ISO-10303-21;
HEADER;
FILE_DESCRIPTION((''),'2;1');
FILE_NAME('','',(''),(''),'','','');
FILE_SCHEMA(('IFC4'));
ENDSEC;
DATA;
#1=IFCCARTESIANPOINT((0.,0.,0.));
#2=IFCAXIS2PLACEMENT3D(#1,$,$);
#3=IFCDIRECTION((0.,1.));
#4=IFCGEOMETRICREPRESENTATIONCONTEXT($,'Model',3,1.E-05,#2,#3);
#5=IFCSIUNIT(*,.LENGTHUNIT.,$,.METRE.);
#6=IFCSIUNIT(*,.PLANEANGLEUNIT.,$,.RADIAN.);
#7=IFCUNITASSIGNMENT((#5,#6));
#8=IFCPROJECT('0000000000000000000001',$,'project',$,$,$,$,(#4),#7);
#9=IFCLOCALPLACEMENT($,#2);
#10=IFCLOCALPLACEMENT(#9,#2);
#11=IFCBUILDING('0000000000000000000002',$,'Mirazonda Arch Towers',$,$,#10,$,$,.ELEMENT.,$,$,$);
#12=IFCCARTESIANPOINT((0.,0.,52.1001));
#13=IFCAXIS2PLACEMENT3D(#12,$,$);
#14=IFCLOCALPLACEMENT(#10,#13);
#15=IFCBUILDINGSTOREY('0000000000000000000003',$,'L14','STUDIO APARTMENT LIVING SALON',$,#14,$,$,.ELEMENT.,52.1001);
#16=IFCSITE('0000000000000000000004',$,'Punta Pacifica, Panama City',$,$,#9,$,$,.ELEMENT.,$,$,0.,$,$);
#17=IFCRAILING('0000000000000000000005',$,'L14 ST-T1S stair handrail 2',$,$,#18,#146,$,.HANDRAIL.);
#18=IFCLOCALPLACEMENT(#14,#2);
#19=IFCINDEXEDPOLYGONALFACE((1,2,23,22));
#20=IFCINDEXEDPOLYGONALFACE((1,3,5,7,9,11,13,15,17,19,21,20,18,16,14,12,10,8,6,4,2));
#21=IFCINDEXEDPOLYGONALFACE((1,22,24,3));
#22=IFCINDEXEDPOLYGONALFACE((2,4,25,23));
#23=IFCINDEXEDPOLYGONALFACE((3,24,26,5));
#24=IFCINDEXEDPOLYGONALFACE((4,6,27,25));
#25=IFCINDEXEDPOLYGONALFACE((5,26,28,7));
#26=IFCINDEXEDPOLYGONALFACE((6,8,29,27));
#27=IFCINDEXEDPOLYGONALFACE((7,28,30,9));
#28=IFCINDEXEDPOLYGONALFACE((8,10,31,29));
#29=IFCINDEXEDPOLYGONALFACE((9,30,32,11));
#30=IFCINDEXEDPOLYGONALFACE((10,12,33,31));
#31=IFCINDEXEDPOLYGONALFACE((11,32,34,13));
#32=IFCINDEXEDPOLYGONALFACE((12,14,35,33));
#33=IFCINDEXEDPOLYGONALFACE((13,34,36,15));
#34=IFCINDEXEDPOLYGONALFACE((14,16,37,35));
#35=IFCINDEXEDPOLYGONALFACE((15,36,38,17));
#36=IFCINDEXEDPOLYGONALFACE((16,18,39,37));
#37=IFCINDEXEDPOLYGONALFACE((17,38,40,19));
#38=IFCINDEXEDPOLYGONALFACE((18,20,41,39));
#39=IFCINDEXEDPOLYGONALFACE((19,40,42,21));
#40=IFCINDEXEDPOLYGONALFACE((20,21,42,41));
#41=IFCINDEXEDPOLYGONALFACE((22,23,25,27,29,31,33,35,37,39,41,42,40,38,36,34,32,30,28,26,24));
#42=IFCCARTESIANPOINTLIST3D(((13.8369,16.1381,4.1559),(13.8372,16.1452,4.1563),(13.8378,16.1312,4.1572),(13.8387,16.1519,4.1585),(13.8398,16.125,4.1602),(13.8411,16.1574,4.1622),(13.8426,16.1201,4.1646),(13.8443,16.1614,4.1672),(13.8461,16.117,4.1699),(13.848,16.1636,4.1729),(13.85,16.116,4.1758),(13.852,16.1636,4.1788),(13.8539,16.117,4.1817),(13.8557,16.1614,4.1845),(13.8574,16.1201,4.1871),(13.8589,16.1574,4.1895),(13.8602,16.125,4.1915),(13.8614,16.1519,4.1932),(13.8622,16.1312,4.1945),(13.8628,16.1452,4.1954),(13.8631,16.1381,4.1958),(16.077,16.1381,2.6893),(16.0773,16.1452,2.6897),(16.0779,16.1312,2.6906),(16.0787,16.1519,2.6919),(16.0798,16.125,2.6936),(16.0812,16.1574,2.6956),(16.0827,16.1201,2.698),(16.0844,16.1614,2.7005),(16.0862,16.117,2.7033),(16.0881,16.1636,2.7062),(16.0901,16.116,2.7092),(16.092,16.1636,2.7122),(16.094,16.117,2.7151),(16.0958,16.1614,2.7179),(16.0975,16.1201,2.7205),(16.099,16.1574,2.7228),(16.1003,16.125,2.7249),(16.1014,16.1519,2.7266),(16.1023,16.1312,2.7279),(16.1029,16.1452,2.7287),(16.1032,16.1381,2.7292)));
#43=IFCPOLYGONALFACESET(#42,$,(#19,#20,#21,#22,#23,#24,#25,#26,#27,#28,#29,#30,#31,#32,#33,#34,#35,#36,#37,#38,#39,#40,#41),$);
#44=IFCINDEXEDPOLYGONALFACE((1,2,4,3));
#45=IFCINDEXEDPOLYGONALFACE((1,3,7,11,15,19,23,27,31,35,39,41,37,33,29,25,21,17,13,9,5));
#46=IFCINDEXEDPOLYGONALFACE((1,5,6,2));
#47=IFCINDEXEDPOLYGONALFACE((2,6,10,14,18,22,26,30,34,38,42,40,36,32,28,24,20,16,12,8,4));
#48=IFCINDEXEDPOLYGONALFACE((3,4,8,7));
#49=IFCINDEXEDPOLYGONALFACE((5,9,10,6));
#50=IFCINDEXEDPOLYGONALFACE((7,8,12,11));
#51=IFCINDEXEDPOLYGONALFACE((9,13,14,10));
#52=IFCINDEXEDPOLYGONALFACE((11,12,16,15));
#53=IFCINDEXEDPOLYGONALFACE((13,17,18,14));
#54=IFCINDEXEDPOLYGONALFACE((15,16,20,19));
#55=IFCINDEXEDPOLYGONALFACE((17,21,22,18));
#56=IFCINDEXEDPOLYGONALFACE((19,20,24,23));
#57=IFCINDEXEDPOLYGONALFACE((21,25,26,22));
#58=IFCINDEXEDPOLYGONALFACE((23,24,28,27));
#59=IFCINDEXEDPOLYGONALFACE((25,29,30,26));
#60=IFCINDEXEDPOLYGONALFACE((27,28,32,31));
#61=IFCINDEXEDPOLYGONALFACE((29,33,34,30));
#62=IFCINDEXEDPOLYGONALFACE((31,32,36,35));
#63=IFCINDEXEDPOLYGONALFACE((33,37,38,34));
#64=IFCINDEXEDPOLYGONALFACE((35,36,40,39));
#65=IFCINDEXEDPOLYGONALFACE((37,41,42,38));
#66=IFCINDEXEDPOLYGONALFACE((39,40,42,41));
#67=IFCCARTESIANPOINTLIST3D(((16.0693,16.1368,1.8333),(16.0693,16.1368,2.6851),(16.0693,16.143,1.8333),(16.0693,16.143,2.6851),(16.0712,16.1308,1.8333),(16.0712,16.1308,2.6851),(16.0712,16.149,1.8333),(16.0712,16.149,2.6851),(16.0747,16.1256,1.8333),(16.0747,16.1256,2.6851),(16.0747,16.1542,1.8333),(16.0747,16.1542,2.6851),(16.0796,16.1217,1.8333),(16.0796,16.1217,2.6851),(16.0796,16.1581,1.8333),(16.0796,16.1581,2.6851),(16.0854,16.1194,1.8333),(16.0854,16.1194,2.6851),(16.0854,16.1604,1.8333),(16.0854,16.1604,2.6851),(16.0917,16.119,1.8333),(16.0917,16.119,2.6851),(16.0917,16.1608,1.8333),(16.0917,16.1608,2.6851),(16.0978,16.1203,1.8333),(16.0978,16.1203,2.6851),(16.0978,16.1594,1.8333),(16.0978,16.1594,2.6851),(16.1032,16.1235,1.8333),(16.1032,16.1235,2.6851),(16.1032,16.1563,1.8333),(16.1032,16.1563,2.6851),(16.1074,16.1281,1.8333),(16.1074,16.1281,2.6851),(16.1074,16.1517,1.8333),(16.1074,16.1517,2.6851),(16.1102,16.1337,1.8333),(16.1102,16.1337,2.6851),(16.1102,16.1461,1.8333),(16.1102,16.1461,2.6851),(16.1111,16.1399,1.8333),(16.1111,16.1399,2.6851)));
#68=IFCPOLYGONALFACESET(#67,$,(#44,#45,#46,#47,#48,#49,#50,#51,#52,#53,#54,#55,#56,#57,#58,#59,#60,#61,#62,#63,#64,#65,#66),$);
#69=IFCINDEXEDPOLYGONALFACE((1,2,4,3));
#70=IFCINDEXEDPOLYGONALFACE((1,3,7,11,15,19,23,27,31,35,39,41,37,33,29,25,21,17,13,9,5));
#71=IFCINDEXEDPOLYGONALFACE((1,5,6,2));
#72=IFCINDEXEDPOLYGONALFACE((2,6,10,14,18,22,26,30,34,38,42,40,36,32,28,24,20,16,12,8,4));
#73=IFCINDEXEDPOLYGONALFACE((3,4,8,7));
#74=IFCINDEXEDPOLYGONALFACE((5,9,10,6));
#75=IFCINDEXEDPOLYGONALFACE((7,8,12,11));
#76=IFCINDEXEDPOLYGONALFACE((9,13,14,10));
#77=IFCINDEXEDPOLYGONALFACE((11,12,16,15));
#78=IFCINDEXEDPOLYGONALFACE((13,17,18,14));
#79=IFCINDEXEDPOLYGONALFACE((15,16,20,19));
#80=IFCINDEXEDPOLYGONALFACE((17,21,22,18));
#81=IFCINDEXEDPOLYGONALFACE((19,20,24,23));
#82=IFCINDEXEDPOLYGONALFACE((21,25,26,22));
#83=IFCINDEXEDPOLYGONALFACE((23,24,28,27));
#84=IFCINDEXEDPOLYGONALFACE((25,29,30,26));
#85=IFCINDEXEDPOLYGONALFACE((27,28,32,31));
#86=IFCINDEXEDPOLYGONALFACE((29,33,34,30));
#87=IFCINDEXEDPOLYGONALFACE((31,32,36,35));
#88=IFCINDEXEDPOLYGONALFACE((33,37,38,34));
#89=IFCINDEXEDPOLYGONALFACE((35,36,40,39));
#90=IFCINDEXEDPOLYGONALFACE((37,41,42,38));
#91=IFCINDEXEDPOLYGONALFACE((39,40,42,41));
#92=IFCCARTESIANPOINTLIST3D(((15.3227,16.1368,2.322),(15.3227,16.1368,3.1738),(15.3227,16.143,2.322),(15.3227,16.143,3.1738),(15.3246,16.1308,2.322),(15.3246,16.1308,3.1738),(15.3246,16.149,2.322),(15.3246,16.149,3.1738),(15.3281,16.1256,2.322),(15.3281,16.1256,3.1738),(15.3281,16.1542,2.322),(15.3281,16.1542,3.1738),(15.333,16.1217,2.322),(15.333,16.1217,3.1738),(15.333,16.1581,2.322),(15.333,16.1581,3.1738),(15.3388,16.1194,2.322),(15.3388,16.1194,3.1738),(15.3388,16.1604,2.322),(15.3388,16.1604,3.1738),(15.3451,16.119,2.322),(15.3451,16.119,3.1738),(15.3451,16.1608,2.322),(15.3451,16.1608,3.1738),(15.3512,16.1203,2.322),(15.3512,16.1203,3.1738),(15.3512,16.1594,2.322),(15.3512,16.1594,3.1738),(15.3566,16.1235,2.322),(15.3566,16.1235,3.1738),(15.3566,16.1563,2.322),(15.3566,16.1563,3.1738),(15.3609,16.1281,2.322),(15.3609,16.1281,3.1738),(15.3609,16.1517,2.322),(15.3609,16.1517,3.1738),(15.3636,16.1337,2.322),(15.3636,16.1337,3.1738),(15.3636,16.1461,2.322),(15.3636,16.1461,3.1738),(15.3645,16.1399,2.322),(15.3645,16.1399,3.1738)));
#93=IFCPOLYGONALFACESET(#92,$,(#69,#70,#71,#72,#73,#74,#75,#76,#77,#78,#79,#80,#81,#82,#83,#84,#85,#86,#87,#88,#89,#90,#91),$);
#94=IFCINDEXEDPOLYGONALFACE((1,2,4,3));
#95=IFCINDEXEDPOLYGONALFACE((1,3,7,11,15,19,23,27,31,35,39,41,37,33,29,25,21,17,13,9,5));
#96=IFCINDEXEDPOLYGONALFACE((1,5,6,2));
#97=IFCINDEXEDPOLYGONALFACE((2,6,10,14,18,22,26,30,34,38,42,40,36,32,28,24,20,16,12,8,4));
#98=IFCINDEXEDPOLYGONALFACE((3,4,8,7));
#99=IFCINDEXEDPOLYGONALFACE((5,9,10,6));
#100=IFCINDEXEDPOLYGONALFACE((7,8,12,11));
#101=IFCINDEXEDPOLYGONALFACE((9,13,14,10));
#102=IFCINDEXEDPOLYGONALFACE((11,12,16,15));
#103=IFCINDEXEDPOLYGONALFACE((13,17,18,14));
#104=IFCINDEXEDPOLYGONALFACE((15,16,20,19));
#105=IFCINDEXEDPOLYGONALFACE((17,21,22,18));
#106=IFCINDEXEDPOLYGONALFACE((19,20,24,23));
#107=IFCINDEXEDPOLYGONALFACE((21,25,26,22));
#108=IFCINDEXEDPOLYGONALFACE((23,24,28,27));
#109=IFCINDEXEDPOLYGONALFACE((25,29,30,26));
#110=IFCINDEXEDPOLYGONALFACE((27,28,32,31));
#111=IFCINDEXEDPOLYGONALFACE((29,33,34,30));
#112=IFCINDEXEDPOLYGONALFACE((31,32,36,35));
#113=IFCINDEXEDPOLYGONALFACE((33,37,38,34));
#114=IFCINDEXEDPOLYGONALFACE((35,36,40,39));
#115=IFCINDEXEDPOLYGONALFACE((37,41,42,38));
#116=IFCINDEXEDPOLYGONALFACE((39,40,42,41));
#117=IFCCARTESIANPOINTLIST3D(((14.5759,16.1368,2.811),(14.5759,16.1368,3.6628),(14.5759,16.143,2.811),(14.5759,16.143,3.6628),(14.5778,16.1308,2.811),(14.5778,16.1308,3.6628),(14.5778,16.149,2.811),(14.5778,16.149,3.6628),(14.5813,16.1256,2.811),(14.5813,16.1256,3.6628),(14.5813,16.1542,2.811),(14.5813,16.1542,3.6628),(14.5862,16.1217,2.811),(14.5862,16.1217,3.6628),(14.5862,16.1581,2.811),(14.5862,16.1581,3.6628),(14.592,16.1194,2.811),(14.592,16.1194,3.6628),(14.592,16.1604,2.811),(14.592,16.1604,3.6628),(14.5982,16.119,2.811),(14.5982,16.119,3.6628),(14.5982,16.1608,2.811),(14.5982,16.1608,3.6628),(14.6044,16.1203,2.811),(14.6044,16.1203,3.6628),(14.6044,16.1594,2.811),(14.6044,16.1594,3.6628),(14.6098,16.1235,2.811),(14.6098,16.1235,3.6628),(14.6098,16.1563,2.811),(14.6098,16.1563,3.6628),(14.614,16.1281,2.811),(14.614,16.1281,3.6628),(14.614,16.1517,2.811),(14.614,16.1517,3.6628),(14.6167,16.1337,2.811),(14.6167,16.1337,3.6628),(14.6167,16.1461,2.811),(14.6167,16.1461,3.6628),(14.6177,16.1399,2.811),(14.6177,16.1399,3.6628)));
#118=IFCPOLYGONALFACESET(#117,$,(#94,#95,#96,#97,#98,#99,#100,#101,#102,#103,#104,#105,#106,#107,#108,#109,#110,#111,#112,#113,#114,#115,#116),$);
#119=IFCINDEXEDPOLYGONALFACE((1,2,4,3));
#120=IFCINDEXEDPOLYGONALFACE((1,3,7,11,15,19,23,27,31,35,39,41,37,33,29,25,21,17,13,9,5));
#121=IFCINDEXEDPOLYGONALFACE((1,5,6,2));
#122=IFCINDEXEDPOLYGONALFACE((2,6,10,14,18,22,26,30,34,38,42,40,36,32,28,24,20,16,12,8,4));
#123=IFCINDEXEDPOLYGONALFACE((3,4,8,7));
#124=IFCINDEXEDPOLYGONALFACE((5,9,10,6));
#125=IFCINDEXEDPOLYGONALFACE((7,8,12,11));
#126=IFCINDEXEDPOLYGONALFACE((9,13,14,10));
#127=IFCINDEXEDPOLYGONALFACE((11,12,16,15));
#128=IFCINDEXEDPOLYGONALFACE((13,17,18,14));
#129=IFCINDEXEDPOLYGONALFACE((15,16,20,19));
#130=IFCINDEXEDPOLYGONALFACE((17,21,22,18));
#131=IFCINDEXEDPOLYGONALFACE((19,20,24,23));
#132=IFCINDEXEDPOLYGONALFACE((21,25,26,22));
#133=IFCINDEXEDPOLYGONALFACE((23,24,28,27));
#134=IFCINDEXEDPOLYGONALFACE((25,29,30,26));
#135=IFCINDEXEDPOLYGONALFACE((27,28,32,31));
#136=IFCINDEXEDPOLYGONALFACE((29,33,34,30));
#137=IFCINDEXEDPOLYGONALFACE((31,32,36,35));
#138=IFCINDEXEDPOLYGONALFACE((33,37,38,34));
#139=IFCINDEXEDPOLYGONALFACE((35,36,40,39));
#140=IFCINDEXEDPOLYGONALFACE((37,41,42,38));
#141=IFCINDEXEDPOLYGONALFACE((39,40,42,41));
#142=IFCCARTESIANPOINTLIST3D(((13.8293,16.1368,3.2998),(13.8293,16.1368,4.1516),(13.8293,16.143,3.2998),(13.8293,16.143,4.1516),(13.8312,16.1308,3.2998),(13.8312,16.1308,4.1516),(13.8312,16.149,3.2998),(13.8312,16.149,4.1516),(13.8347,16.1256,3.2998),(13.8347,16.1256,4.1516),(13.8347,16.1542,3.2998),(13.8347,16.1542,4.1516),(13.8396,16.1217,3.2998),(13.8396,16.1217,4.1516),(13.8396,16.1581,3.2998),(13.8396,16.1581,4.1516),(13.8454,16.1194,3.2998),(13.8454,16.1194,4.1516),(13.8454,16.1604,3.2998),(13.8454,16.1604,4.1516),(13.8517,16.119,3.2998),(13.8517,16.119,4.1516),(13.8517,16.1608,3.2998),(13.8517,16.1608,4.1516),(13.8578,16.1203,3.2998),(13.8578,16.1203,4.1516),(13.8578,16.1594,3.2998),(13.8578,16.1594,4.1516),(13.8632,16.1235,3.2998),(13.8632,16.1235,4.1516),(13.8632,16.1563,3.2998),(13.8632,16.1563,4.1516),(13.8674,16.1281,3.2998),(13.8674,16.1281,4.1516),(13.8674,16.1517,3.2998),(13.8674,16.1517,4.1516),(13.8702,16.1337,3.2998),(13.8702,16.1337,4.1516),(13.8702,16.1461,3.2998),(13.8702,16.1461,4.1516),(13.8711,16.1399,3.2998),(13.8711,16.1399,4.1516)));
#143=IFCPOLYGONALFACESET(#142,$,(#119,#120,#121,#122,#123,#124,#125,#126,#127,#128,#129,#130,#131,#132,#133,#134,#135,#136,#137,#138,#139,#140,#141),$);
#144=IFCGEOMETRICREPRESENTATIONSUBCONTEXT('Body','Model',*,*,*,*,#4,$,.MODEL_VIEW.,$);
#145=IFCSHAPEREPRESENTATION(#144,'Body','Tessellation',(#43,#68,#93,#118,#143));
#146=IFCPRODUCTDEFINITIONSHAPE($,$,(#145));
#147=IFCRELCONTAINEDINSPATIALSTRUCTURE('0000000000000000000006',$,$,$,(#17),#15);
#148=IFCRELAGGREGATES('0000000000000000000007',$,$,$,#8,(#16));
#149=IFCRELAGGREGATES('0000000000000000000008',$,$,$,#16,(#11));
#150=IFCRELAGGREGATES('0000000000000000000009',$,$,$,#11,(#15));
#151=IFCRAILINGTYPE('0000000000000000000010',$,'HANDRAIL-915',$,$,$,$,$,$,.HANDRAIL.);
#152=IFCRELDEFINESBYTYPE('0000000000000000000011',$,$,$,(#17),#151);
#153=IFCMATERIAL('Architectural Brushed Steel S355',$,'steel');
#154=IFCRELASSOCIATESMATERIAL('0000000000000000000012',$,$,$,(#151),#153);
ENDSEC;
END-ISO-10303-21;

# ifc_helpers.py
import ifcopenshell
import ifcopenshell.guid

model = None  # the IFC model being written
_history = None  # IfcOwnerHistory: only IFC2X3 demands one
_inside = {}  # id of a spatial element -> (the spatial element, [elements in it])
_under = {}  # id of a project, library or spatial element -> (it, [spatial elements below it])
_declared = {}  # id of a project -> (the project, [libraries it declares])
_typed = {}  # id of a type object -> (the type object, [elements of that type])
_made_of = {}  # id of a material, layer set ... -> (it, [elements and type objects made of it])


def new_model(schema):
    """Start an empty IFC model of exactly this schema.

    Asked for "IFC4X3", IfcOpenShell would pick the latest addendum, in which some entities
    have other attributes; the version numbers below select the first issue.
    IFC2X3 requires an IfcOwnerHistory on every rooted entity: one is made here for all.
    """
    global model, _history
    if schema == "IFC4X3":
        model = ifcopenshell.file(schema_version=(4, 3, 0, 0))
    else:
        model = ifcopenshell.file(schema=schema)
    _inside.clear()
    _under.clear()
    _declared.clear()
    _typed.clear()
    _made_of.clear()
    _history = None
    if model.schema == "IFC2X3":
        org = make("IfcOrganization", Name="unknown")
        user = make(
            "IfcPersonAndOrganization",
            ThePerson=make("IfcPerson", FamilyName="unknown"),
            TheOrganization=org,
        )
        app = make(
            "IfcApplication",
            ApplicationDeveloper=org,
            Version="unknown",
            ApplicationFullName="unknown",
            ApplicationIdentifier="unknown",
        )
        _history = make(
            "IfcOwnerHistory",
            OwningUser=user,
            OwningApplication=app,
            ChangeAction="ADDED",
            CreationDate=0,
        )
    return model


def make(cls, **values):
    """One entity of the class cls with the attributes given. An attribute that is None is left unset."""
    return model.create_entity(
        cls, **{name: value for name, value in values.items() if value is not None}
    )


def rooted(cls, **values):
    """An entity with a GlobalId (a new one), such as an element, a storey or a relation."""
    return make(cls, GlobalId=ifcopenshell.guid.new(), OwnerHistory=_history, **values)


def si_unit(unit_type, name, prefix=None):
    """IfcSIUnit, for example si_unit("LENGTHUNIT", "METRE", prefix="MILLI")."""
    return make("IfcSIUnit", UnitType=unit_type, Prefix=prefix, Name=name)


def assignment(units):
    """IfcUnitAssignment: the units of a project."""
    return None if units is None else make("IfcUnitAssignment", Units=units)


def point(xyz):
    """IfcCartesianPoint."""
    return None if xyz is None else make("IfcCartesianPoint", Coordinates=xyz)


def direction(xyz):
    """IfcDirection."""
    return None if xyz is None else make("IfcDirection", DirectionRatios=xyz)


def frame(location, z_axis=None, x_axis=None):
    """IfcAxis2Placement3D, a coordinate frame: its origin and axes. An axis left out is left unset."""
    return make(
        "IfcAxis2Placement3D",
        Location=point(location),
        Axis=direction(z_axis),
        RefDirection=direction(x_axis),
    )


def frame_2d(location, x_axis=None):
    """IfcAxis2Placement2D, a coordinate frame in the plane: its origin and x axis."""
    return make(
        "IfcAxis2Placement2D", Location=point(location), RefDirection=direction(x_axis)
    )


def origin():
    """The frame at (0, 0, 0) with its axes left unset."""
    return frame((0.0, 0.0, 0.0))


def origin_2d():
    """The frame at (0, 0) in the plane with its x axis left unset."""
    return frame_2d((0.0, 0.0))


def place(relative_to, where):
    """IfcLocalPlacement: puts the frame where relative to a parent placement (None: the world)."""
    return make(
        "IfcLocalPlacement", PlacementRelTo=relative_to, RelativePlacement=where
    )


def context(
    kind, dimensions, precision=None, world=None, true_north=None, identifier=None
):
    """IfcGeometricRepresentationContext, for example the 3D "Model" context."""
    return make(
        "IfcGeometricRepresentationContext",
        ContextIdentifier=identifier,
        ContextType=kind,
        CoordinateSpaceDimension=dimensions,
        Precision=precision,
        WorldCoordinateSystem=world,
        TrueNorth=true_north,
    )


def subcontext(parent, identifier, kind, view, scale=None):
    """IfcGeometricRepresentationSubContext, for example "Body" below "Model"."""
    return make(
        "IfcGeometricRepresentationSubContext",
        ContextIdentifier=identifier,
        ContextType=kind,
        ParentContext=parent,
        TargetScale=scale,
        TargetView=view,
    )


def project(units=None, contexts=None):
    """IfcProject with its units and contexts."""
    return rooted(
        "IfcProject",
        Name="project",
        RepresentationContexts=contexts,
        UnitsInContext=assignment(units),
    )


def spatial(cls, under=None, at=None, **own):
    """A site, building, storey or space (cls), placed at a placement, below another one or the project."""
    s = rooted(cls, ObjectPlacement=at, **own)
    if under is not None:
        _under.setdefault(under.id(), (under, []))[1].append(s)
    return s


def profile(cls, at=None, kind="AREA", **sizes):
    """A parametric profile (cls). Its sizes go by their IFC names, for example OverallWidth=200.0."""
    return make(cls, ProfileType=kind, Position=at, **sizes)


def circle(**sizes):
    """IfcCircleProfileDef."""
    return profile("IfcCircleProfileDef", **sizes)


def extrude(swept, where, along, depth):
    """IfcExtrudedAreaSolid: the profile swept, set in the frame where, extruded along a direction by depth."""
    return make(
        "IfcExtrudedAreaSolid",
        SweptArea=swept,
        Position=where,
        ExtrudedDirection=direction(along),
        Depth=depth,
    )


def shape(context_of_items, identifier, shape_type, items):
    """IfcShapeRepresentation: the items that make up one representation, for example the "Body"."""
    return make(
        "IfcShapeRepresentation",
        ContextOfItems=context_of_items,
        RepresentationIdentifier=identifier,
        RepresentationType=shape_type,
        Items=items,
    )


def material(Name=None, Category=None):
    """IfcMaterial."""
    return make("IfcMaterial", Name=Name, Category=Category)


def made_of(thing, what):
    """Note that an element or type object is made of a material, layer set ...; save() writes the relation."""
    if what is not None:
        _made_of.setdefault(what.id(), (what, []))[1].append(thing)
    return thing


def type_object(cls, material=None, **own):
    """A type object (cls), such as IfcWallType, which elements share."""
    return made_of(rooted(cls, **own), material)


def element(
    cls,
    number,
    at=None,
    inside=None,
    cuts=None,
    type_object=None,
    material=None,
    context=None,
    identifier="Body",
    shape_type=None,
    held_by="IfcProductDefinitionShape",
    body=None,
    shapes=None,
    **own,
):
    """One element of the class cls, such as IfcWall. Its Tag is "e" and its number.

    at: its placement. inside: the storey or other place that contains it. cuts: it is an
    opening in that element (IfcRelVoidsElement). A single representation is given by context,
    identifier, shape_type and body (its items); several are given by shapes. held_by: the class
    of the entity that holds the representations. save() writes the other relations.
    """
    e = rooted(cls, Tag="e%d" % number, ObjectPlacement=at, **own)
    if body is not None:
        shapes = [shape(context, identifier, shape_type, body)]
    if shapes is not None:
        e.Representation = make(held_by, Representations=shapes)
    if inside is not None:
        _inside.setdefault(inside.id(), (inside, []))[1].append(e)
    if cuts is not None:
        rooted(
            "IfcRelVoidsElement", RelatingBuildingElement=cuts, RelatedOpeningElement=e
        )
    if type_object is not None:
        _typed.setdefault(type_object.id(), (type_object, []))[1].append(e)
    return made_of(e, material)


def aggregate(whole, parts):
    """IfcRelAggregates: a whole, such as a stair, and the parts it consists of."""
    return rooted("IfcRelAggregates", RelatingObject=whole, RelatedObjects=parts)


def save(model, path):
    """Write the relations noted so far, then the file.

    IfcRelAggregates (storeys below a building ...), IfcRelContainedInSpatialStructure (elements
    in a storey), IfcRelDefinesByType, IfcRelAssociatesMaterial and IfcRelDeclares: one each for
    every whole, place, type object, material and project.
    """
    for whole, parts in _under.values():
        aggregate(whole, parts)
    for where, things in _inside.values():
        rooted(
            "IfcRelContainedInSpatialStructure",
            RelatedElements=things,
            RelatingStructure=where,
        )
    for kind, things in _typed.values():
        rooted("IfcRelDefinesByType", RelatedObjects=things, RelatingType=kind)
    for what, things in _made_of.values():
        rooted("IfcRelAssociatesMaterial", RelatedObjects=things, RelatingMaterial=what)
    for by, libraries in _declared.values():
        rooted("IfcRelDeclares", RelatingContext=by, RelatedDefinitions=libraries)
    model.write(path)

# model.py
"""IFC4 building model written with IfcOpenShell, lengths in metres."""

from ifc_helpers import new_model, si_unit, direction, frame, origin, origin_2d, place, context, subcontext, project, spatial, circle, extrude, material, type_object, element, save


model = new_model("IFC4")

# Units and contexts
model_context = context("Model", 3, precision=1e-05, world=origin(), true_north=direction((0.0, 1.0)))
body_context = subcontext(model_context, "Body", "Model", "MODEL_VIEW")
ifc_project = project(units=[si_unit("LENGTHUNIT", "METRE"), si_unit("PLANEANGLEUNIT", "RADIAN")], contexts=[model_context])

# Site, building, storey
site_placement = place(None, origin())
site = spatial("IfcSite", under=ifc_project, at=site_placement, Name="Punta Pacifica, Panama City", CompositionType="ELEMENT", RefElevation=0.0)
building_placement = place(site_placement, origin())
building = spatial("IfcBuilding", under=site, at=building_placement, Name="Mirazonda Arch Towers", CompositionType="ELEMENT")
storey_placement = place(building_placement, frame((0.0, 0.0, 52.1001)))
storey = spatial("IfcBuildingStorey", under=building, at=storey_placement, Name="L14", Description="STUDIO APARTMENT LIVING SALON", CompositionType="ELEMENT", Elevation=52.1001)

# Railing
ifc_material_1 = material(Name="Architectural Brushed Steel S355", Category="steel")
railing_type_1 = type_object("IfcRailingType", Name="HANDRAIL-915", PredefinedType="HANDRAIL", material=ifc_material_1)
railing_1_placement = place(storey_placement, frame((16.0901, 16.1399, 1.8333)))
element("IfcRailing", 1, at=railing_1_placement, inside=storey, type_object=railing_type_1, Name="L14 ST-T1S stair handrail 2", PredefinedType="HANDRAIL", context=body_context, shape_type="SweptSolid", body=[
    extrude(circle(Radius=0.0239, at=origin_2d()), frame((0.0, 0.0, 0.876), z_axis=(-0.836637, 0.0, 0.547758), x_axis=(0.0, -1.0, 0.0)), (0.0, 0.0, 1.0), 2.6775),
    extrude(circle(Radius=0.021, at=origin_2d()), origin(), (0.0, 0.0, 1.0), 0.8518),
    extrude(circle(Radius=0.021, at=origin_2d()), frame((-0.7466, 0.0, 0.4888)), (0.0, 0.0, 1.0), 0.8518),
    extrude(circle(Radius=0.021, at=origin_2d()), frame((-1.4934, 0.0, 0.9778)), (0.0, 0.0, 1.0), 0.8518),
    extrude(circle(Radius=0.021, at=origin_2d()), frame((-2.24, 0.0, 1.4666)), (0.0, 0.0, 1.0), 0.8518),
])

save(model, "model.ifc")
